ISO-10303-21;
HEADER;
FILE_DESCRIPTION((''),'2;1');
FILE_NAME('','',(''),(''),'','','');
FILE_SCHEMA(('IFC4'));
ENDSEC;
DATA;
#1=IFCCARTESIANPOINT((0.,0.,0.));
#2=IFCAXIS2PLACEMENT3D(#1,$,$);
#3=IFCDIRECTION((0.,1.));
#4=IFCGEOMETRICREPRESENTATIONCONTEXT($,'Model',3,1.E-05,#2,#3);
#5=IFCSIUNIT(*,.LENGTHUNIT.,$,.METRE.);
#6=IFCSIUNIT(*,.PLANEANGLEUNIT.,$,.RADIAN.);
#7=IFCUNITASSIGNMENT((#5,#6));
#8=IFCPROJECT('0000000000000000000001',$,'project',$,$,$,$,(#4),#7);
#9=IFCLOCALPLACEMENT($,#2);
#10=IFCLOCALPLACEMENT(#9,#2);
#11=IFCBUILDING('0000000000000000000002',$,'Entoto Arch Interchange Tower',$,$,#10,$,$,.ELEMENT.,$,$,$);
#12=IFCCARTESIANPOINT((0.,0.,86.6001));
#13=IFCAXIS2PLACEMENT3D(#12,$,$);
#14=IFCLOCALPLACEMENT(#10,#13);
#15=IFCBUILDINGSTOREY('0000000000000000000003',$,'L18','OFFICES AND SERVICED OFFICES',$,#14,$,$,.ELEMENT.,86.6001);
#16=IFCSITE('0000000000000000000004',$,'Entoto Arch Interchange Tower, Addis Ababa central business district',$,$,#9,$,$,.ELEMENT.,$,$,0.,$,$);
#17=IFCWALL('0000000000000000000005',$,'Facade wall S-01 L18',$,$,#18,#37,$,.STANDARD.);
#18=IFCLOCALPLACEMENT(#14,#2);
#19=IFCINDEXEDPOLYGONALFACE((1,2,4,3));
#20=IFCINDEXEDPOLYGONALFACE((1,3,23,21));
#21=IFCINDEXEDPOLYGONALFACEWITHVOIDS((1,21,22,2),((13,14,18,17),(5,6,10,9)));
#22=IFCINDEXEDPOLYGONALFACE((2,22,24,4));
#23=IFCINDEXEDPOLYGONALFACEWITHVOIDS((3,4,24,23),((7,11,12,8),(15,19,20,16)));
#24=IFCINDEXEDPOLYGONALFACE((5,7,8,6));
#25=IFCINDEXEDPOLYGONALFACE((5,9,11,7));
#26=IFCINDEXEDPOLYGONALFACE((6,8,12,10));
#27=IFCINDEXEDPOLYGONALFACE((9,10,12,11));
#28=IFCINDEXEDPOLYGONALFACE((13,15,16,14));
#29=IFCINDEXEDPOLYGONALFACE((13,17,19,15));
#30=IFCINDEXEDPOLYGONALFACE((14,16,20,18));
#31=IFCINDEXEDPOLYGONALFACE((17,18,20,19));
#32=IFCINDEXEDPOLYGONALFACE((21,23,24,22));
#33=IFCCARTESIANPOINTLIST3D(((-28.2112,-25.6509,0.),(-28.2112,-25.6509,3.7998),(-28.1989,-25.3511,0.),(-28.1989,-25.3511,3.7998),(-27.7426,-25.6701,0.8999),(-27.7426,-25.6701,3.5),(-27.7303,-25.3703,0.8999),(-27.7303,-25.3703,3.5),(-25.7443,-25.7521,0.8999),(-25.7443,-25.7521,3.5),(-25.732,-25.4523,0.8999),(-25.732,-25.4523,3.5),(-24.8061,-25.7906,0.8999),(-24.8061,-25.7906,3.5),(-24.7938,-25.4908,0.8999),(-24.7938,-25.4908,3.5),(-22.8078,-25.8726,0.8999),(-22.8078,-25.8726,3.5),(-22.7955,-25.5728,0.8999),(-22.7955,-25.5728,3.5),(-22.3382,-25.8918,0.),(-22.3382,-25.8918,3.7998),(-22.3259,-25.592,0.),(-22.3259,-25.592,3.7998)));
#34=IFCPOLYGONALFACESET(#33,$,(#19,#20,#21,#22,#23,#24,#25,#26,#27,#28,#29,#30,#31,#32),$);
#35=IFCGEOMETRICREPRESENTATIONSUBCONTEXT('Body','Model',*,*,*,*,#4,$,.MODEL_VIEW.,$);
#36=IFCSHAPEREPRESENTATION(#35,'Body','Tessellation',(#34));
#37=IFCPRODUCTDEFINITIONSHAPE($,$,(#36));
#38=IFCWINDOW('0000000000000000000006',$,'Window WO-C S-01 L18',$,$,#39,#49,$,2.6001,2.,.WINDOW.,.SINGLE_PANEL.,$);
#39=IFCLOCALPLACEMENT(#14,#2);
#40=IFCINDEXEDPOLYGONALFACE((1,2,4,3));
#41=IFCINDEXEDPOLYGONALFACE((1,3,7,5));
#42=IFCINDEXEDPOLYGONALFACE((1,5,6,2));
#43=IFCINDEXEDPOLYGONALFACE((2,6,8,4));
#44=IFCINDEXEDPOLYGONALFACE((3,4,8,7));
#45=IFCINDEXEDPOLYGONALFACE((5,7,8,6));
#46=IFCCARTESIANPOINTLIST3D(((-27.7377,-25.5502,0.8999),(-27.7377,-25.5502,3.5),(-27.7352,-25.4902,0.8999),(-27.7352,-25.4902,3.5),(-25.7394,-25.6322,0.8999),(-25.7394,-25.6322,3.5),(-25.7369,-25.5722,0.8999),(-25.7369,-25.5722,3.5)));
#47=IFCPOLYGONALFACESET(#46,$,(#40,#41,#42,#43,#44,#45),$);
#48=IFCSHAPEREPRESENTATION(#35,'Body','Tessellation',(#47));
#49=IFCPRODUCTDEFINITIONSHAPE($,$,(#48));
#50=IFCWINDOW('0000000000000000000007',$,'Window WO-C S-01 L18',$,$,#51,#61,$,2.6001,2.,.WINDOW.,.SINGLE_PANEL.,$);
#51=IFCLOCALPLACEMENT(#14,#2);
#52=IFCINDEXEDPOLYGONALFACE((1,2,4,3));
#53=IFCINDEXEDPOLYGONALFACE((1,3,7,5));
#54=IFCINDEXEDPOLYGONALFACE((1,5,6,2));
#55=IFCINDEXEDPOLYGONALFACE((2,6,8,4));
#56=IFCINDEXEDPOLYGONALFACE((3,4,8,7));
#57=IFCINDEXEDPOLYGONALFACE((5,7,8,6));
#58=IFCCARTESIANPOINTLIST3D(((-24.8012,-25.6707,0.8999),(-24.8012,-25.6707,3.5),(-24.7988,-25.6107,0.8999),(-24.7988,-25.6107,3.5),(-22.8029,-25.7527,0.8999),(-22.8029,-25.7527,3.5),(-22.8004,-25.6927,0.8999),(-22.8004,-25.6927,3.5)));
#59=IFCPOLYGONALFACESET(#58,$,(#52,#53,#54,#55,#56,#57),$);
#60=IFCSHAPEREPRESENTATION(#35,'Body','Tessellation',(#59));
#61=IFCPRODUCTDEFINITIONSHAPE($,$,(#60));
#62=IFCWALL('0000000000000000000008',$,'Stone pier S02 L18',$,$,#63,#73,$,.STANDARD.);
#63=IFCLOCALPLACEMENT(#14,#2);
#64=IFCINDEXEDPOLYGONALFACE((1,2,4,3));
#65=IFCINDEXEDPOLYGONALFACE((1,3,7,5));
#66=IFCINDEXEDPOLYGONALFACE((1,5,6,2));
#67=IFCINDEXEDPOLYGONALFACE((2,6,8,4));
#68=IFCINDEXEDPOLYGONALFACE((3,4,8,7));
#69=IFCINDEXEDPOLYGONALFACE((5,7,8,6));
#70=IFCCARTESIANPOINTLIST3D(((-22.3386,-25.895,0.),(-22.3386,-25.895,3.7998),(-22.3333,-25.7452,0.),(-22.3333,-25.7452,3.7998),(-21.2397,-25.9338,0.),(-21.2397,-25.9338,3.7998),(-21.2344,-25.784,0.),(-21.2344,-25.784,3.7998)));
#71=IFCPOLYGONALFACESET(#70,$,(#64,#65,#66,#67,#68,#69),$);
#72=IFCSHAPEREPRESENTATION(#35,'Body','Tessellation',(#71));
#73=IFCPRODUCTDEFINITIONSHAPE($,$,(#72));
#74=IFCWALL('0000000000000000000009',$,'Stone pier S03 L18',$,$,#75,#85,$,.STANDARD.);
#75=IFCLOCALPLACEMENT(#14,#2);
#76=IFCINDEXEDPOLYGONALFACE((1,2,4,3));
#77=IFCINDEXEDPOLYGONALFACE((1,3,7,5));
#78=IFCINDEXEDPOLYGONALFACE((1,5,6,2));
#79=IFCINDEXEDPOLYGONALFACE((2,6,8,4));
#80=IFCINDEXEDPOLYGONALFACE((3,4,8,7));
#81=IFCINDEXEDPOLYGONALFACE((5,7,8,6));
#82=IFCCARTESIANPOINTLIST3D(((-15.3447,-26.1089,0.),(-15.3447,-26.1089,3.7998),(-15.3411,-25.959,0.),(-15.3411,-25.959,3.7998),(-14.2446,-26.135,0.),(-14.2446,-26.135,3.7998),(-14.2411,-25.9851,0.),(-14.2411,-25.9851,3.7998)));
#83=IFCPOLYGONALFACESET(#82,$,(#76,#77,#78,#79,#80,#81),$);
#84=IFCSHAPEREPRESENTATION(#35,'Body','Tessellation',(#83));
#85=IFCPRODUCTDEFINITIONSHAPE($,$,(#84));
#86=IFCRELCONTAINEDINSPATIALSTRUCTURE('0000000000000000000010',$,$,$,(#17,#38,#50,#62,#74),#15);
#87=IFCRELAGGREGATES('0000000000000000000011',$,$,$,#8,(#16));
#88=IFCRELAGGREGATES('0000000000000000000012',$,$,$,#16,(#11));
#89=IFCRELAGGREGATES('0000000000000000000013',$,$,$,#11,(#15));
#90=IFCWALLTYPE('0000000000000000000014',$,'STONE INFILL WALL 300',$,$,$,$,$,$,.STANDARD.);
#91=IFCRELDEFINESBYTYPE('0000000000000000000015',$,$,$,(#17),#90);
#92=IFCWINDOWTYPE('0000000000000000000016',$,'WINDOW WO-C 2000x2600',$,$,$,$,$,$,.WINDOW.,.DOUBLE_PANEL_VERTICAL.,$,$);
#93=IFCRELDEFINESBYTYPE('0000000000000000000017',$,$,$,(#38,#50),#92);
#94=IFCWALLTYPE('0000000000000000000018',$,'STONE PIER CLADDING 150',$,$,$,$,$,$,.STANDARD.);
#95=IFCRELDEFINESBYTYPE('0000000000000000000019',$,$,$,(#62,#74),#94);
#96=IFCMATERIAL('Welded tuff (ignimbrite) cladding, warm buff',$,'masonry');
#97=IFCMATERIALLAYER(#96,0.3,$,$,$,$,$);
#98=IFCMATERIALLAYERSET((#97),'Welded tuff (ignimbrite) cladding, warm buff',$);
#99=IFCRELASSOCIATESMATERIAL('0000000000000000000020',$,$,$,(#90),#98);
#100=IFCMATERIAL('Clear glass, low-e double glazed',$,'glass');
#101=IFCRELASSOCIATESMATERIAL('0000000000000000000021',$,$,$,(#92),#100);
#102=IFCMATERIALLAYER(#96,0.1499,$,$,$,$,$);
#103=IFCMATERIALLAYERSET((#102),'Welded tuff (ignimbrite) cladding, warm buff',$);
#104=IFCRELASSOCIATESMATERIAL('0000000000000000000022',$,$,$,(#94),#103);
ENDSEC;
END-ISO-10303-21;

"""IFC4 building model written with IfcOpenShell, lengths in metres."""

from ifc_helpers import new_model, si_unit, direction, frame, frame_2d, origin, place, context, subcontext, project, spatial, rectangle, extrude, material, layer, layer_set, type_object, element, fill, save


model = new_model("IFC4")

# Units and contexts
model_context = context("Model", 3, precision=1e-05, world=origin(), true_north=direction((0.0, 1.0)))
body_context = subcontext(model_context, "Body", "Model", "MODEL_VIEW")
ifc_project = project(units=[si_unit("LENGTHUNIT", "METRE"), si_unit("PLANEANGLEUNIT", "RADIAN")], contexts=[model_context])

# Site, building, storey
site_placement = place(None, origin())
site = spatial("IfcSite", under=ifc_project, at=site_placement, Name="Entoto Arch Interchange Tower, Addis Ababa central business district", CompositionType="ELEMENT", RefElevation=0.0)
building_placement = place(site_placement, origin())
building = spatial("IfcBuilding", under=site, at=building_placement, Name="Entoto Arch Interchange Tower", CompositionType="ELEMENT")
storey_placement = place(building_placement, frame((0.0, 0.0, 86.6001)))
storey = spatial("IfcBuildingStorey", under=building, at=storey_placement, Name="L18", Description="OFFICES AND SERVICED OFFICES", CompositionType="ELEMENT", Elevation=86.6001)

# Wall, openings, windows
ifc_material_1 = material(Name="Welded tuff (ignimbrite) cladding, warm buff", Category="masonry")
ifc_layer_1 = layer(ifc_material_1, 0.3)
ifc_layer_set_1 = layer_set([ifc_layer_1], Name="Welded tuff (ignimbrite) cladding, warm buff")
wall_type_1 = type_object("IfcWallType", Name="STONE INFILL WALL 300", PredefinedType="STANDARD", material=ifc_layer_set_1)
wall_1_placement = place(storey_placement, frame((-28.2051, -25.501, 0.0), z_axis=(0.0, 0.0, 1.0), x_axis=(0.999159, -0.040995, 0.0)))
wall_1 = element("IfcWall", 1, at=wall_1_placement, inside=storey, type_object=wall_type_1, Name="Facade wall S-01 L18", PredefinedType="STANDARD", context=body_context, shape_type="SweptSolid", body=[
    extrude(rectangle(XDim=5.8779, YDim=0.3, at=frame_2d((2.939, 0.0))), origin(), (0.0, 0.0, 1.0), 3.7998),
])
opening_1_placement = place(wall_1_placement, frame((0.469, 0.0, 0.8999)))
opening_1 = element("IfcOpeningElement", 2, at=opening_1_placement, cuts=wall_1, PredefinedType="OPENING", context=body_context, shape_type="SweptSolid", body=[
    extrude(rectangle(XDim=2.0, YDim=2.6001, at=frame_2d((1.0, 1.3))), frame((0.0, 0.1602, 0.0), z_axis=(0.0, -1.0, 0.0), x_axis=(1.0, 0.0, 0.0)), (0.0, 0.0, 1.0), 0.3201),
])
opening_2_placement = place(wall_1_placement, frame((3.408, 0.0, 0.8999)))
opening_2 = element("IfcOpeningElement", 3, at=opening_2_placement, cuts=wall_1, PredefinedType="OPENING", context=body_context, shape_type="SweptSolid", body=[
    extrude(rectangle(XDim=2.0, YDim=2.6001, at=frame_2d((1.0, 1.3))), frame((0.0, 0.1602, 0.0), z_axis=(0.0, -1.0, 0.0), x_axis=(1.0, 0.0, 0.0)), (0.0, 0.0, 1.0), 0.3201),
])
ifc_material_2 = material(Name="Clear glass, low-e double glazed", Category="glass")
window_type = type_object("IfcWindowType", Name="WINDOW WO-C 2000x2600", PartitioningType="DOUBLE_PANEL_VERTICAL", PredefinedType="WINDOW", material=ifc_material_2)
window_1_placement = place(opening_1_placement, origin())
window_1 = element("IfcWindow", 4, at=window_1_placement, inside=storey, type_object=window_type, Name="Window WO-C S-01 L18", OverallHeight=2.6001, OverallWidth=2.0, PartitioningType="SINGLE_PANEL", PredefinedType="WINDOW", context=body_context, shape_type="SweptSolid", body=[
    extrude(rectangle(XDim=2.0, YDim=2.6001, at=frame_2d((1.0, 1.3))), frame((0.0, 0.03, 0.0), z_axis=(0.0, -1.0, 0.0), x_axis=(1.0, 0.0, 0.0)), (0.0, 0.0, 1.0), 0.0601),
])
fill(opening_1, window_1)
window_2_placement = place(opening_2_placement, origin())
window_2 = element("IfcWindow", 5, at=window_2_placement, inside=storey, type_object=window_type, Name="Window WO-C S-01 L18", OverallHeight=2.6001, OverallWidth=2.0, PartitioningType="SINGLE_PANEL", PredefinedType="WINDOW", context=body_context, shape_type="SweptSolid", body=[
    extrude(rectangle(XDim=2.0, YDim=2.6001, at=frame_2d((1.0, 1.3))), frame((0.0, 0.03, 0.0), z_axis=(0.0, -1.0, 0.0), x_axis=(1.0, 0.0, 0.0)), (0.0, 0.0, 1.0), 0.0601),
])
fill(opening_2, window_2)

# Walls
ifc_layer_2 = layer(ifc_material_1, 0.1499)
ifc_layer_set_2 = layer_set([ifc_layer_2], Name="Welded tuff (ignimbrite) cladding, warm buff")
wall_type_2 = type_object("IfcWallType", Name="STONE PIER CLADDING 150", PredefinedType="STANDARD", material=ifc_layer_set_2)
wall_2_placement = place(storey_placement, frame((-22.3359, -25.8201, 0.0), z_axis=(0.0, 0.0, 1.0), x_axis=(0.999377, -0.035303, 0.0)))
element("IfcWall", 6, at=wall_2_placement, inside=storey, type_object=wall_type_2, Name="Stone pier S02 L18", PredefinedType="STANDARD", context=body_context, shape_type="SweptSolid", body=[
    extrude(rectangle(XDim=1.0996, YDim=0.1499, at=frame_2d((0.5498, 0.0))), origin(), (0.0, 0.0, 1.0), 3.7998),
])
wall_3_placement = place(storey_placement, frame((-15.343, -26.0339, 0.0), z_axis=(0.0, 0.0, 1.0), x_axis=(0.999718, -0.023739, 0.0)))
element("IfcWall", 7, at=wall_3_placement, inside=storey, type_object=wall_type_2, Name="Stone pier S03 L18", PredefinedType="STANDARD", context=body_context, shape_type="SweptSolid", body=[
    extrude(rectangle(XDim=1.1003, YDim=0.1499, at=frame_2d((0.5503, 0.0))), origin(), (0.0, 0.0, 1.0), 3.7998),
])

save(model, "model.ifc")
